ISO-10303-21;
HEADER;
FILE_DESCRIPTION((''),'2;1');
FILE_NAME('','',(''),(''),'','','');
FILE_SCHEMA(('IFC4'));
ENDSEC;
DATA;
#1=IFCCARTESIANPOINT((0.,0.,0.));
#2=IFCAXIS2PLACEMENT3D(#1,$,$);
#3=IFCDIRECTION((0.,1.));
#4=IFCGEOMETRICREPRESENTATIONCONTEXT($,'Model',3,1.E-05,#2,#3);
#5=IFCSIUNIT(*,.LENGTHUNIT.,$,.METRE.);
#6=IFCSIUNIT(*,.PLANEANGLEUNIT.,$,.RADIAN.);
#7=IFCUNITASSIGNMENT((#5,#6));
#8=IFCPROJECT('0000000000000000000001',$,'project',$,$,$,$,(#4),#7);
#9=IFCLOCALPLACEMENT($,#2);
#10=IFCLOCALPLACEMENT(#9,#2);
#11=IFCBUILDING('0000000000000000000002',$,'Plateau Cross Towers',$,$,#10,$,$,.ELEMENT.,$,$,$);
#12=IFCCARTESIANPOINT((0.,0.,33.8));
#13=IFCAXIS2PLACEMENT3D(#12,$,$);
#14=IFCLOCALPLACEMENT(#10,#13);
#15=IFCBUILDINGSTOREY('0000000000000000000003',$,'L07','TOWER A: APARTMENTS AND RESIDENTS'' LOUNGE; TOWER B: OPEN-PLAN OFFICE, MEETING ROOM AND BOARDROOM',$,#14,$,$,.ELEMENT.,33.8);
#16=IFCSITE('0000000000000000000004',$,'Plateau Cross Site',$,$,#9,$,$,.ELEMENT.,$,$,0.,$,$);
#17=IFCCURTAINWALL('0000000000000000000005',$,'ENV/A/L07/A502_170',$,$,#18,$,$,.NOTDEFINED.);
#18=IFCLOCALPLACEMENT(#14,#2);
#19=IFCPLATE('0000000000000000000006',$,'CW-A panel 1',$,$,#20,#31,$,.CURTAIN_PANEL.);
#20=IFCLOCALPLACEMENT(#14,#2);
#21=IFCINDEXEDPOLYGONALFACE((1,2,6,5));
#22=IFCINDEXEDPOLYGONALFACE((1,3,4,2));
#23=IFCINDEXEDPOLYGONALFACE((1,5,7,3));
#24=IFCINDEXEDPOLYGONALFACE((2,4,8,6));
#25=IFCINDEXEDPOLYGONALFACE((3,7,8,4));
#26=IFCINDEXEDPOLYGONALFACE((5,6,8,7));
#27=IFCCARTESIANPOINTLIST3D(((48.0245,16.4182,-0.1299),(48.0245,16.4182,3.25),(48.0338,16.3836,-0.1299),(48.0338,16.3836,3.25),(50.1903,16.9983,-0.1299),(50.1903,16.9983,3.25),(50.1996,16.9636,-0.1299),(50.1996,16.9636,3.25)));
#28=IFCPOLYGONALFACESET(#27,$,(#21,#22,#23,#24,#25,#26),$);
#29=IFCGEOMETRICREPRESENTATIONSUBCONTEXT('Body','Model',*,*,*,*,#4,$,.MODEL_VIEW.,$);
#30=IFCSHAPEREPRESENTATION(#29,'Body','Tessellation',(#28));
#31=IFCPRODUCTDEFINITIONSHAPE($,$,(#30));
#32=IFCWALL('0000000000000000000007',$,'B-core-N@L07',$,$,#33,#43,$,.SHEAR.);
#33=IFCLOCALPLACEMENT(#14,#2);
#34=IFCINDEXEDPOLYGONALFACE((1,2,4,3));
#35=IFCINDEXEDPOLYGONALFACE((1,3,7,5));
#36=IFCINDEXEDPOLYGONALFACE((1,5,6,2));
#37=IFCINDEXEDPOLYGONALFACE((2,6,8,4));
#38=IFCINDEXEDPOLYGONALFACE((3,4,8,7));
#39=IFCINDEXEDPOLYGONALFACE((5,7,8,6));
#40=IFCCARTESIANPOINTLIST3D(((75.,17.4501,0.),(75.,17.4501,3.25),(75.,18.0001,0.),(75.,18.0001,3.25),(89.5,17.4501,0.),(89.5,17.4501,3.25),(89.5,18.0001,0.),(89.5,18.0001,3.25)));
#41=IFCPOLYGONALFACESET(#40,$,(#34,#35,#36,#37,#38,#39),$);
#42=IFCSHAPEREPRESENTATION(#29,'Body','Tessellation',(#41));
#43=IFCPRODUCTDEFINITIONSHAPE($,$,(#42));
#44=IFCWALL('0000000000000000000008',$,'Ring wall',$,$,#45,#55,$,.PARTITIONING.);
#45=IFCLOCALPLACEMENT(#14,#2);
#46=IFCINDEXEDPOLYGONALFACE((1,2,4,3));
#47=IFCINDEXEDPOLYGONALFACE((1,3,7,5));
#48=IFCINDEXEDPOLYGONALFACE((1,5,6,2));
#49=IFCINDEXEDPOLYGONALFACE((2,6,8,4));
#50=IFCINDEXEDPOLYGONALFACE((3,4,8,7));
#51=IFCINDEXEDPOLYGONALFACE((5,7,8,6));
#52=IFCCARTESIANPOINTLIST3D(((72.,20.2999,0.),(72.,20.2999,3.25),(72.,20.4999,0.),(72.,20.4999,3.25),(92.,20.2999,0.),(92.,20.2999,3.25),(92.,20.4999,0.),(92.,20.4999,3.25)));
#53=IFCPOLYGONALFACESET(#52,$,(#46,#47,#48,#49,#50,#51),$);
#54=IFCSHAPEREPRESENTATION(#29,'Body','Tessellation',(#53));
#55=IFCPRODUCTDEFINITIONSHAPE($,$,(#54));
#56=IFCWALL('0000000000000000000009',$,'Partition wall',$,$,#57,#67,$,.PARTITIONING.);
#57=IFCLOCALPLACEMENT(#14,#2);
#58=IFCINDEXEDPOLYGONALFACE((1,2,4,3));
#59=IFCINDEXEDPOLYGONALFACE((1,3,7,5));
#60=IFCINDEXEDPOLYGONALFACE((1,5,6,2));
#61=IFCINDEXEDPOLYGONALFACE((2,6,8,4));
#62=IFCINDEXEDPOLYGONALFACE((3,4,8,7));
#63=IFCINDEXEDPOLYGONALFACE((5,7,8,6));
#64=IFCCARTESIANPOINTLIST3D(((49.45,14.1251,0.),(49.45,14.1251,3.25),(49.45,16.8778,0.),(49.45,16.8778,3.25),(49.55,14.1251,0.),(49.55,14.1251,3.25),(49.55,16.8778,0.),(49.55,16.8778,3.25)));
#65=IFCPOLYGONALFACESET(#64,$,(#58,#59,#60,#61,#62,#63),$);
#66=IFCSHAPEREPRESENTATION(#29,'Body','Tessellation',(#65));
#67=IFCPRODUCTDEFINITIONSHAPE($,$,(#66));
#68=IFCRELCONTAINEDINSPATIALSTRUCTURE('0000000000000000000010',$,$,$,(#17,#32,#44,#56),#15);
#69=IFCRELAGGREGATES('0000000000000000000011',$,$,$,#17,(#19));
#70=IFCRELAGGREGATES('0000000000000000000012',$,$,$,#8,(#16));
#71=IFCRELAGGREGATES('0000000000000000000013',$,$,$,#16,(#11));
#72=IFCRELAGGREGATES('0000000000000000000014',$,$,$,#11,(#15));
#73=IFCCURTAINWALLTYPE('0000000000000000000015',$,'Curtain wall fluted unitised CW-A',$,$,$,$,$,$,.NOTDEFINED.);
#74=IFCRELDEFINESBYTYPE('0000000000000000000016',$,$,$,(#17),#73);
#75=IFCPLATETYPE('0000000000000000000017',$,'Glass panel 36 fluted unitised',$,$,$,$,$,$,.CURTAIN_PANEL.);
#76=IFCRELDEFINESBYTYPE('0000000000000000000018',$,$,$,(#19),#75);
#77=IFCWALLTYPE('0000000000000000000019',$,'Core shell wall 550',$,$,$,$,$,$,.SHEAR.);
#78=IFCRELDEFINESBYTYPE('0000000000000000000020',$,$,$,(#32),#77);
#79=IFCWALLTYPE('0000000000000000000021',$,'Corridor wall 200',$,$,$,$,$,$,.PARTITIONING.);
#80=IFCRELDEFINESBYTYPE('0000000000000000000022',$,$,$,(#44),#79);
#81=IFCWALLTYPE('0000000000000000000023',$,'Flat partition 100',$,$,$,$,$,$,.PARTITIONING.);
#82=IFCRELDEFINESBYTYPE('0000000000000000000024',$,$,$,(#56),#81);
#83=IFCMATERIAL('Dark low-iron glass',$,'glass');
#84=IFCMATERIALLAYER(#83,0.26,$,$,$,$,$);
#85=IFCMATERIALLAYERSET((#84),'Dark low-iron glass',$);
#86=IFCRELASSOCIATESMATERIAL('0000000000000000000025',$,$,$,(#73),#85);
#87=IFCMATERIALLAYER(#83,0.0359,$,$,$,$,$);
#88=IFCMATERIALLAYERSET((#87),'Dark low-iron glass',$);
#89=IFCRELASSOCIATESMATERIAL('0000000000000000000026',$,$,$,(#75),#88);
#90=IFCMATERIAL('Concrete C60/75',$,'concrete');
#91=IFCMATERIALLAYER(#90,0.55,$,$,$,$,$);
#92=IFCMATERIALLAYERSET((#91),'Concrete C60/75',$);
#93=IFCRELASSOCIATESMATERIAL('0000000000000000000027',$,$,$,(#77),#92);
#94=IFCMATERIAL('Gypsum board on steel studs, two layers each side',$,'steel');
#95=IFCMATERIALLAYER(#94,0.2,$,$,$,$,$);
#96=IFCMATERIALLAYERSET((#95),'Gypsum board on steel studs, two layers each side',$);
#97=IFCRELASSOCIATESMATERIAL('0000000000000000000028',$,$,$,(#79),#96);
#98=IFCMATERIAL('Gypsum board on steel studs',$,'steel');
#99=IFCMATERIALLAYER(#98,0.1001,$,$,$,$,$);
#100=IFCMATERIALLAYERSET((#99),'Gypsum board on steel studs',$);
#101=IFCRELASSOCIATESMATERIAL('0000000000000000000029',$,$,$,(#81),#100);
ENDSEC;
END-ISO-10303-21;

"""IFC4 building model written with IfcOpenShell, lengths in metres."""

from ifc_helpers import new_model, si_unit, direction, frame, frame_2d, origin, origin_2d, place, context, subcontext, project, spatial, rectangle, extrude, material, layer, layer_set, type_object, element, aggregate, save


model = new_model("IFC4")

# Units and contexts
model_context = context("Model", 3, precision=1e-05, world=origin(), true_north=direction((0.0, 1.0)))
body_context = subcontext(model_context, "Body", "Model", "MODEL_VIEW")
ifc_project = project(units=[si_unit("LENGTHUNIT", "METRE"), si_unit("PLANEANGLEUNIT", "RADIAN")], contexts=[model_context])

# Site, building, storey
site_placement = place(None, origin())
site = spatial("IfcSite", under=ifc_project, at=site_placement, Name="Plateau Cross Site", CompositionType="ELEMENT", RefElevation=0.0)
building_placement = place(site_placement, origin())
building = spatial("IfcBuilding", under=site, at=building_placement, Name="Plateau Cross Towers", CompositionType="ELEMENT")
storey_placement = place(building_placement, frame((0.0, 0.0, 33.8)))
storey = spatial("IfcBuildingStorey", under=building, at=storey_placement, Name="L07", Description="TOWER A: APARTMENTS AND RESIDENTS' LOUNGE; TOWER B: OPEN-PLAN OFFICE, MEETING ROOM AND BOARDROOM", CompositionType="ELEMENT", Elevation=33.8)

# Shared definitions
ifc_material_1 = material(Name="Concrete C60/75", Category="concrete")

# Shared definitions
ifc_material_2 = material(Name="Dark low-iron glass", Category="glass")

# Curtain wall
ifc_layer_1 = layer(ifc_material_2, 0.26)
ifc_layer_set_1 = layer_set([ifc_layer_1], Name="Dark low-iron glass")
curtain_wall_type_1 = type_object("IfcCurtainWallType", Name="Curtain wall fluted unitised CW-A", PredefinedType="NOTDEFINED", material=ifc_layer_set_1)
curtain_wall_1_placement = place(storey_placement, origin())
curtain_wall_1 = element("IfcCurtainWall", 1, at=curtain_wall_1_placement, inside=storey, type_object=curtain_wall_type_1, Name="ENV/A/L07/A502_170", PredefinedType="NOTDEFINED")

# Plate
ifc_layer_2 = layer(ifc_material_2, 0.0359)
ifc_layer_set_2 = layer_set([ifc_layer_2], Name="Dark low-iron glass")
plate_type_1 = type_object("IfcPlateType", Name="Glass panel 36 fluted unitised", PredefinedType="CURTAIN_PANEL", material=ifc_layer_set_2)
plate_1_placement = place(storey_placement, frame((49.1121, 16.6909, -0.1299), z_axis=(0.0, 0.0, 1.0), x_axis=(-0.965958, -0.258699, 0.0)))
plate_1 = element("IfcPlate", 2, at=plate_1_placement, type_object=plate_type_1, Name="CW-A panel 1", PredefinedType="CURTAIN_PANEL", context=body_context, shape_type="SweptSolid", body=[
    extrude(rectangle(XDim=2.2422, YDim=0.0359, at=origin_2d()), origin(), (0.0, 0.0, 1.0), 3.3799),
])
aggregate(curtain_wall_1, [plate_1])

# Walls
ifc_layer_3 = layer(ifc_material_1, 0.55)
ifc_layer_set_3 = layer_set([ifc_layer_3], Name="Concrete C60/75")
wall_type_1 = type_object("IfcWallType", Name="Core shell wall 550", PredefinedType="SHEAR", material=ifc_layer_set_3)
wall_1_placement = place(storey_placement, frame((75.0, 17.7251, 0.0), z_axis=(0.0, 0.0, 1.0), x_axis=(1.0, 0.0, 0.0)))
element("IfcWall", 3, at=wall_1_placement, inside=storey, type_object=wall_type_1, Name="B-core-N@L07", PredefinedType="SHEAR", context=body_context, shape_type="SweptSolid", body=[
    extrude(rectangle(XDim=14.5, YDim=0.55, at=frame_2d((7.25, 0.0))), origin(), (0.0, 0.0, 1.0), 3.25),
])
ifc_material_3 = material(Name="Gypsum board on steel studs, two layers each side", Category="steel")
ifc_layer_4 = layer(ifc_material_3, 0.2)
ifc_layer_set_4 = layer_set([ifc_layer_4], Name="Gypsum board on steel studs, two layers each side")
wall_type_2 = type_object("IfcWallType", Name="Corridor wall 200", PredefinedType="PARTITIONING", material=ifc_layer_set_4)
wall_2_placement = place(storey_placement, frame((72.0, 20.3999, 0.0), z_axis=(0.0, 0.0, 1.0), x_axis=(1.0, 0.0, 0.0)))
element("IfcWall", 4, at=wall_2_placement, inside=storey, type_object=wall_type_2, Name="Ring wall", PredefinedType="PARTITIONING", context=body_context, shape_type="SweptSolid", body=[
    extrude(rectangle(XDim=20.0, YDim=0.2, at=frame_2d((10.0, 0.0))), origin(), (0.0, 0.0, 1.0), 3.25),
])
ifc_material_4 = material(Name="Gypsum board on steel studs", Category="steel")
ifc_layer_5 = layer(ifc_material_4, 0.1001)
ifc_layer_set_5 = layer_set([ifc_layer_5], Name="Gypsum board on steel studs")
wall_type_3 = type_object("IfcWallType", Name="Flat partition 100", PredefinedType="PARTITIONING", material=ifc_layer_set_5)
wall_3_placement = place(storey_placement, frame((49.5, 14.125, 0.0), z_axis=(0.0, 0.0, 1.0), x_axis=(0.0, 1.0, 0.0)))
element("IfcWall", 5, at=wall_3_placement, inside=storey, type_object=wall_type_3, Name="Partition wall", PredefinedType="PARTITIONING", context=body_context, shape_type="SweptSolid", body=[
    extrude(rectangle(XDim=2.7527, YDim=0.1001, at=frame_2d((1.3765, 0.0))), origin(), (0.0, 0.0, 1.0), 3.25),
])

save(model, "model.ifc")
